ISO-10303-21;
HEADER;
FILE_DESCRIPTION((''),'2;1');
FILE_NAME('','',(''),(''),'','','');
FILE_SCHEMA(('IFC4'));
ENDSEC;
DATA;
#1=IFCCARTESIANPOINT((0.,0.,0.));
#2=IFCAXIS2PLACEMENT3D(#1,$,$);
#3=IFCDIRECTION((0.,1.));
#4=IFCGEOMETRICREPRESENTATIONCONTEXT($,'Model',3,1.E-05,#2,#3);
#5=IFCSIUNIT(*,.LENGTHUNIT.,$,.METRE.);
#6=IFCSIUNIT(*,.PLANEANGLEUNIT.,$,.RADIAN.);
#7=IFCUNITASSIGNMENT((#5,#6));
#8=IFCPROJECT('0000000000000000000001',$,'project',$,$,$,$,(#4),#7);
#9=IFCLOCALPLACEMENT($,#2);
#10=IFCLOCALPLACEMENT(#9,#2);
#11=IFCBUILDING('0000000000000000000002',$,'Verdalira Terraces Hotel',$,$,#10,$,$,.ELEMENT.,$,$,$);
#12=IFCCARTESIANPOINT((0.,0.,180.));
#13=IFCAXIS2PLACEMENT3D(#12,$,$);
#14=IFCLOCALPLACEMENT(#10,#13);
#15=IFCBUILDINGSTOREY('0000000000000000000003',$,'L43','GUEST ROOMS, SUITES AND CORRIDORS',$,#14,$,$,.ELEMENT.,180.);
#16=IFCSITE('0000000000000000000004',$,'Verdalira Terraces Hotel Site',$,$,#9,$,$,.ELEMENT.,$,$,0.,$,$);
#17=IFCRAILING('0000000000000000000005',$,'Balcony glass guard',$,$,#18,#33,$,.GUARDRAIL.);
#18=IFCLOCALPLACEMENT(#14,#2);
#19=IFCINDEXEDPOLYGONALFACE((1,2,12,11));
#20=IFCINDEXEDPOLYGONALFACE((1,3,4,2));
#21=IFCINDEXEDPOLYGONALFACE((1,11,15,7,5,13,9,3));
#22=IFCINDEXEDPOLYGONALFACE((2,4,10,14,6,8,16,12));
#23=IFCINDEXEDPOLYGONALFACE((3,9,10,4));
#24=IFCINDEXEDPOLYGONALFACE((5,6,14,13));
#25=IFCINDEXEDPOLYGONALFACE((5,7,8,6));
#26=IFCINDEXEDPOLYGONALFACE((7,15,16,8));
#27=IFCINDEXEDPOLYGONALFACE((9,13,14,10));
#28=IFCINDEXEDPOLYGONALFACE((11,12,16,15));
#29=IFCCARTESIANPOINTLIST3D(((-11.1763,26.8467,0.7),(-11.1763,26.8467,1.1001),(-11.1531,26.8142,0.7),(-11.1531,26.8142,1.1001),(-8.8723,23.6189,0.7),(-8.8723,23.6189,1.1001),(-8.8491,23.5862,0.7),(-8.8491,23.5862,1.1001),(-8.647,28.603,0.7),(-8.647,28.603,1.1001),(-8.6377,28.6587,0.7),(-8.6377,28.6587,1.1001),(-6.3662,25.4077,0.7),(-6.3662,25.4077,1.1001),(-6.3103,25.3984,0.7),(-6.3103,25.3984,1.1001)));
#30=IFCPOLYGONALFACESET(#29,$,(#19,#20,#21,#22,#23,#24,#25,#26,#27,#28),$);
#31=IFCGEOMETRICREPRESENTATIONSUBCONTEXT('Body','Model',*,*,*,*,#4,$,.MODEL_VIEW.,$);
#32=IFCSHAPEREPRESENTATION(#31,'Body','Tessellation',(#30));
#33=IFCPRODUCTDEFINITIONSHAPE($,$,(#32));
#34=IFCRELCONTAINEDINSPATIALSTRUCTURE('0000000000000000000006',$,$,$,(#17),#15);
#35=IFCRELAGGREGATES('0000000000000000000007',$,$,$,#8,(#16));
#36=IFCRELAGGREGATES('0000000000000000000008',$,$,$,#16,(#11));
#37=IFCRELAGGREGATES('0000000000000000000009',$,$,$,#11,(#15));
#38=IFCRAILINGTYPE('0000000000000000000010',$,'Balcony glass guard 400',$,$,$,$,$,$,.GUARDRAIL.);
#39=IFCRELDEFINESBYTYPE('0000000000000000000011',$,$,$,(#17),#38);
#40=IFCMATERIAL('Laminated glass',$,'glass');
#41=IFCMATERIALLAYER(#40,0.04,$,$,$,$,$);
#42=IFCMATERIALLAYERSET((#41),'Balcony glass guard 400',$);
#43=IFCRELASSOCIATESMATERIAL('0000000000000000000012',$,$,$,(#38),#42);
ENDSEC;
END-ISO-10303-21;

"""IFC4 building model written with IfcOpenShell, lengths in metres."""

from ifc_helpers import new_model, si_unit, direction, frame, origin, place, context, subcontext, project, spatial, polyline, outline, extrude, material, layer, layer_set, type_object, element, save


model = new_model("IFC4")

# Units and contexts
model_context = context("Model", 3, precision=1e-05, world=origin(), true_north=direction((0.0, 1.0)))
body_context = subcontext(model_context, "Body", "Model", "MODEL_VIEW")
ifc_project = project(units=[si_unit("LENGTHUNIT", "METRE"), si_unit("PLANEANGLEUNIT", "RADIAN")], contexts=[model_context])

# Site, building, storey
site_placement = place(None, origin())
site = spatial("IfcSite", under=ifc_project, at=site_placement, Name="Verdalira Terraces Hotel Site", CompositionType="ELEMENT", RefElevation=0.0)
building_placement = place(site_placement, origin())
building = spatial("IfcBuilding", under=site, at=building_placement, Name="Verdalira Terraces Hotel", CompositionType="ELEMENT")
storey_placement = place(building_placement, frame((0.0, 0.0, 180.0)))
storey = spatial("IfcBuildingStorey", under=building, at=storey_placement, Name="L43", Description="GUEST ROOMS, SUITES AND CORRIDORS", CompositionType="ELEMENT", Elevation=180.0)

# Railing
ifc_material_1 = material(Name="Laminated glass", Category="glass")
ifc_layer_1 = layer(ifc_material_1, 0.04)
ifc_layer_set_1 = layer_set([ifc_layer_1], Name="Balcony glass guard 400")
railing_type = type_object("IfcRailingType", Name="Balcony glass guard 400", PredefinedType="GUARDRAIL", material=ifc_layer_set_1)
railing_1_placement = place(storey_placement, frame((0.0, 0.0, 0.7)))
element("IfcRailing", 1, at=railing_1_placement, inside=storey, type_object=railing_type, Name="Balcony glass guard", PredefinedType="GUARDRAIL", context=body_context, shape_type="SweptSolid", body=[
    extrude(outline(polyline([(-6.3662, 25.4077), (-8.647, 28.603), (-11.1531, 26.8142), (-11.1763, 26.8467), (-8.6377, 28.6587), (-6.3103, 25.3984), (-8.8491, 23.5862), (-8.8723, 23.6189), (-6.3662, 25.4077)])), origin(), (0.0, 0.0, 1.0), 0.4001),
])

save(model, "model.ifc")
